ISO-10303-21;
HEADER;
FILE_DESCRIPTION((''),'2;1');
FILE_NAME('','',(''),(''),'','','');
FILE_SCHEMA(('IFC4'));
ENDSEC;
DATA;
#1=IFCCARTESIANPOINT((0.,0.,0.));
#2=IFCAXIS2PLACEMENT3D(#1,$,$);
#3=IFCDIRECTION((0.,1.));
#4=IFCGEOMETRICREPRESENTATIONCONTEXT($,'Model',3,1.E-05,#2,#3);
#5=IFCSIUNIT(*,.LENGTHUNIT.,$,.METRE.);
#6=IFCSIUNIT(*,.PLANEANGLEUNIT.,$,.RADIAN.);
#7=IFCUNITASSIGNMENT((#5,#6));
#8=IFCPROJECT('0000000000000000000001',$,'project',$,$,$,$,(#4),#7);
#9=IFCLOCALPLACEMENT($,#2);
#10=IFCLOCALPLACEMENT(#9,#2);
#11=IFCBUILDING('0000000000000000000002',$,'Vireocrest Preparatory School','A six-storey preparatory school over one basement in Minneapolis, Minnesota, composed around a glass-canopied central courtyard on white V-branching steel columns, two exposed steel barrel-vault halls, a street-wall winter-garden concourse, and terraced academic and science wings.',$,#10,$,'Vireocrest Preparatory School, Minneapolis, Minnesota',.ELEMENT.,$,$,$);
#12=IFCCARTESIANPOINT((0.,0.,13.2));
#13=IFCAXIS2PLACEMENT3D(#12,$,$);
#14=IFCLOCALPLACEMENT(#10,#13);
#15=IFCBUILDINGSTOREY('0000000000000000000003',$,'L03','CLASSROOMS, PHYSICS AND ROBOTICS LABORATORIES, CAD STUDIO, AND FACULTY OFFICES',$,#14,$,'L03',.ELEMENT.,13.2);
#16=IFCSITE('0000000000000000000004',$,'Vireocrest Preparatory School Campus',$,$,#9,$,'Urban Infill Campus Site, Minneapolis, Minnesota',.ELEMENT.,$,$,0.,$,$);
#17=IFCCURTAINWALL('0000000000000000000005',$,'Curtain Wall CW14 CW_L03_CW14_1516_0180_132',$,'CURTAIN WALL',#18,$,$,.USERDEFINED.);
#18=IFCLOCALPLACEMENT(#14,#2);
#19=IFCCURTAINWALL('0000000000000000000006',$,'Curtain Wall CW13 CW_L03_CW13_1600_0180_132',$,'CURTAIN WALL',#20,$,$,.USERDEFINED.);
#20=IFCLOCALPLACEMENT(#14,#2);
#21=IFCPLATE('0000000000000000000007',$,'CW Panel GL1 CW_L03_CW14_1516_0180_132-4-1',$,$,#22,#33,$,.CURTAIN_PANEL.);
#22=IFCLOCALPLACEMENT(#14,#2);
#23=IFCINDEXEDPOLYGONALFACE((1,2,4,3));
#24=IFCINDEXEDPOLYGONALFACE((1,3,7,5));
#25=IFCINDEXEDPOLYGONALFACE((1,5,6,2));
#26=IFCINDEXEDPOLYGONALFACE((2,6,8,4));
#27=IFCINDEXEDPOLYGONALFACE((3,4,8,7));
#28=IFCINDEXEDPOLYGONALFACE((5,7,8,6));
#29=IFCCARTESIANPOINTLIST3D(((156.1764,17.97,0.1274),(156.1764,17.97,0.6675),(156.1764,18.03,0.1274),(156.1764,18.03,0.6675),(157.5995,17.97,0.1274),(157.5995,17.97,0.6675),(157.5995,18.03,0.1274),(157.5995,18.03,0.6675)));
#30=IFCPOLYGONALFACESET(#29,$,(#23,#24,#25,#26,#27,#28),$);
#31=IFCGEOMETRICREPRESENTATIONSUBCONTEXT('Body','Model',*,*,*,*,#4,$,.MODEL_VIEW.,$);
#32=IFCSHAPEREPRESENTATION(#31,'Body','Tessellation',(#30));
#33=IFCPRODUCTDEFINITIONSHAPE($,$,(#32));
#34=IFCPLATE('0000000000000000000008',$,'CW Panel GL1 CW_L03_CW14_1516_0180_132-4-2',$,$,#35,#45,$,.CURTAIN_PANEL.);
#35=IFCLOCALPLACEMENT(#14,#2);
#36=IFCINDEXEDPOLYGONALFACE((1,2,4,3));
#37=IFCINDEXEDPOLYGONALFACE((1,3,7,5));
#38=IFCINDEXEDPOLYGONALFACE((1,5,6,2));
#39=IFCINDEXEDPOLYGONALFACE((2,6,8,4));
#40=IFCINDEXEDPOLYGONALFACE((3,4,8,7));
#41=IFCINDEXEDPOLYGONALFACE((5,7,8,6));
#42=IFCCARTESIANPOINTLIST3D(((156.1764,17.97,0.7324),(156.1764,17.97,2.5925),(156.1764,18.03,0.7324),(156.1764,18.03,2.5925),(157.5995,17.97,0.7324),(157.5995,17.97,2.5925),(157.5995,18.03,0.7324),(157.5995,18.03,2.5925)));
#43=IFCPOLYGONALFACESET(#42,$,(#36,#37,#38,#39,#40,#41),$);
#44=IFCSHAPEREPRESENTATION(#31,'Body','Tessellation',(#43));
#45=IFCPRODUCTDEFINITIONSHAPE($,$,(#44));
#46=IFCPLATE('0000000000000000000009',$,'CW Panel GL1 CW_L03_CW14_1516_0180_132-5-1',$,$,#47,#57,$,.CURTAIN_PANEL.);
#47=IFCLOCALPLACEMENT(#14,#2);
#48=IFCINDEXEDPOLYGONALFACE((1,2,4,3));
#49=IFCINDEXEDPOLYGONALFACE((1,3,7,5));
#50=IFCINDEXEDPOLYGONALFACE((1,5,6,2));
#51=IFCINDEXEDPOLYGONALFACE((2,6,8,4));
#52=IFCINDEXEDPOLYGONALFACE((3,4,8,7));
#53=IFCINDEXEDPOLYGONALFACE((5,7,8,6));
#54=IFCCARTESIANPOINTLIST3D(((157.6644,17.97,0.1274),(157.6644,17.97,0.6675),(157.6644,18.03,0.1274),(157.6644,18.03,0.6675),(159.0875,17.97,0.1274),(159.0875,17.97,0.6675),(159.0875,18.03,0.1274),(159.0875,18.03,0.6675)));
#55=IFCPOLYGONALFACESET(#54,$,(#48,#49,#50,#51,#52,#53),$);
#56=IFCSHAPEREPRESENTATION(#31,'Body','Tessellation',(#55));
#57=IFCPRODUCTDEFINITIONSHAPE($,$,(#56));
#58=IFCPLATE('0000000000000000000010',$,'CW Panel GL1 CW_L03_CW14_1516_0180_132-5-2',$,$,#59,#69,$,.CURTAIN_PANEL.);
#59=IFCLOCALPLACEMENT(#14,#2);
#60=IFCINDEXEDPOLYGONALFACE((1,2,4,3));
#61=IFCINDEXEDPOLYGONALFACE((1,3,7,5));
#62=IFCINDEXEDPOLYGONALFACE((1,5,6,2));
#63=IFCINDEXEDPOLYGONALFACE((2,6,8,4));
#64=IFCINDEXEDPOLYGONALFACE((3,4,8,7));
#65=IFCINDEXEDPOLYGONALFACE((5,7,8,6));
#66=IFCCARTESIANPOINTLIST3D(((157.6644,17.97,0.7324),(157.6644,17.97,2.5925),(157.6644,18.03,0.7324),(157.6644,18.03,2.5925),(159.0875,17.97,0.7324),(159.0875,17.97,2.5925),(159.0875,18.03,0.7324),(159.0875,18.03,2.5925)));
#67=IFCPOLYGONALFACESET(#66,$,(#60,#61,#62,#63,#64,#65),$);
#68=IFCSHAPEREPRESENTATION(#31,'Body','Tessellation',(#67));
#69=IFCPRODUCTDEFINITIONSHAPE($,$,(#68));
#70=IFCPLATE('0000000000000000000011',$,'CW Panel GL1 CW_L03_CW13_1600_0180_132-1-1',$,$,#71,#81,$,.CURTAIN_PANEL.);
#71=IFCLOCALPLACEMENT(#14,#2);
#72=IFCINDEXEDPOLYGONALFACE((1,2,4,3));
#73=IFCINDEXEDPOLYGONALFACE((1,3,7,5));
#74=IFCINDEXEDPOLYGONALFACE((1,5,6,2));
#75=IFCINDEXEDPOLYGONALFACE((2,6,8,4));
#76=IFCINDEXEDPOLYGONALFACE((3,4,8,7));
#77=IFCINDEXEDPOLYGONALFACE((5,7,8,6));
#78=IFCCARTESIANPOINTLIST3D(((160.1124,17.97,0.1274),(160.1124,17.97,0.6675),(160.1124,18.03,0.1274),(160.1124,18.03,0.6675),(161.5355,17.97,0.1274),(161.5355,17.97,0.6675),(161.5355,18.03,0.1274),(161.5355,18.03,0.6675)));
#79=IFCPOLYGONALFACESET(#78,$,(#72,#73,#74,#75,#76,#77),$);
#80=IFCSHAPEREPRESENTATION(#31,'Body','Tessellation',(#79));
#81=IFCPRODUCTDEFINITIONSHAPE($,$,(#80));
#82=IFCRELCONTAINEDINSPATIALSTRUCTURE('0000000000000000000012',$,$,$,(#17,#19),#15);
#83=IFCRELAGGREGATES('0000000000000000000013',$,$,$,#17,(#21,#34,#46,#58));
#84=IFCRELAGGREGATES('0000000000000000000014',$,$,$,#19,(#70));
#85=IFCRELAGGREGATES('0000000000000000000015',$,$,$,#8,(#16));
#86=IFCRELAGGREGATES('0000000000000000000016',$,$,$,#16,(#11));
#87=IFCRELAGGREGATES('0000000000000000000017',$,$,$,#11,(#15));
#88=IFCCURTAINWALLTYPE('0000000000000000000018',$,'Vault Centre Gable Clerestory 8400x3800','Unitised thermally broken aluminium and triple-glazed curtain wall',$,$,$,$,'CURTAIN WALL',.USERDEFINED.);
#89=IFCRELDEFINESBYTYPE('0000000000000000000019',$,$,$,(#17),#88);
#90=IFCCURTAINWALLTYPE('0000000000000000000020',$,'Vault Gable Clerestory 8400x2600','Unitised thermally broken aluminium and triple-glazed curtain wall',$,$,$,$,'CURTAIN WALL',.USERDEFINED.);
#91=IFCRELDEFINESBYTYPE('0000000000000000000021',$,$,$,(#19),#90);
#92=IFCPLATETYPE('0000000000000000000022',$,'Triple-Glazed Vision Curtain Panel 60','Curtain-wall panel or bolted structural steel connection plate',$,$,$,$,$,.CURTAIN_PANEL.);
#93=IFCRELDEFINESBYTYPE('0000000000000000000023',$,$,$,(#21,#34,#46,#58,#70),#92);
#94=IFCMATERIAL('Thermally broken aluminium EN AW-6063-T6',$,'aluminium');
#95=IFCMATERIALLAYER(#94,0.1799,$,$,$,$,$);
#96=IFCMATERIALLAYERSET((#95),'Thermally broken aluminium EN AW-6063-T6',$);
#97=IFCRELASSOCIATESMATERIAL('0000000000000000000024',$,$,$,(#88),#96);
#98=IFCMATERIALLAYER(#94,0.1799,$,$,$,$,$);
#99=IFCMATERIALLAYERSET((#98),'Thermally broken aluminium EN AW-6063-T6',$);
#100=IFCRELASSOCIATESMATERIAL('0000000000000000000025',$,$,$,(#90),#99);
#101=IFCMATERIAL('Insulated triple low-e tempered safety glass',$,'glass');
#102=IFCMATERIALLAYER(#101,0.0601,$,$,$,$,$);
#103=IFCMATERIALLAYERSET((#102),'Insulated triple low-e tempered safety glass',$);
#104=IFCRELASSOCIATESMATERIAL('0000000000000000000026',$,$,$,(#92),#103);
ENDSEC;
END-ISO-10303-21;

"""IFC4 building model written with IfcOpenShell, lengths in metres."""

from ifc_helpers import new_model, si_unit, direction, frame, origin, origin_2d, place, context, subcontext, project, spatial, rectangle, extrude, material, layer, layer_set, type_object, element, aggregate, save


model = new_model("IFC4")

# Units and contexts
model_context = context("Model", 3, precision=1e-05, world=origin(), true_north=direction((0.0, 1.0)))
body_context = subcontext(model_context, "Body", "Model", "MODEL_VIEW")
ifc_project = project(units=[si_unit("LENGTHUNIT", "METRE"), si_unit("PLANEANGLEUNIT", "RADIAN")], contexts=[model_context])

# Site, building, storey
site_placement = place(None, origin())
site = spatial("IfcSite", under=ifc_project, at=site_placement, Name="Vireocrest Preparatory School Campus", LongName="Urban Infill Campus Site, Minneapolis, Minnesota", CompositionType="ELEMENT", RefElevation=0.0)
building_placement = place(site_placement, origin())
building = spatial("IfcBuilding", under=site, at=building_placement, Name="Vireocrest Preparatory School", Description="A six-storey preparatory school over one basement in Minneapolis, Minnesota, composed around a glass-canopied central courtyard on white V-branching steel columns, two exposed steel barrel-vault halls, a street-wall winter-garden concourse, and terraced academic and science wings.", LongName="Vireocrest Preparatory School, Minneapolis, Minnesota", CompositionType="ELEMENT")
storey_placement = place(building_placement, frame((0.0, 0.0, 13.2)))
storey = spatial("IfcBuildingStorey", under=building, at=storey_placement, Name="L03", Description="CLASSROOMS, PHYSICS AND ROBOTICS LABORATORIES, CAD STUDIO, AND FACULTY OFFICES", LongName="L03", CompositionType="ELEMENT", Elevation=13.2)

# Curtain walls
ifc_material_1 = material(Name="Thermally broken aluminium EN AW-6063-T6", Category="aluminium")
ifc_layer_1 = layer(ifc_material_1, 0.1799)
ifc_layer_set_1 = layer_set([ifc_layer_1], Name="Thermally broken aluminium EN AW-6063-T6")
curtain_wall_type_1 = type_object("IfcCurtainWallType", Name="Vault Centre Gable Clerestory 8400x3800", Description="Unitised thermally broken aluminium and triple-glazed curtain wall", ElementType="CURTAIN WALL", PredefinedType="USERDEFINED", material=ifc_layer_set_1)
curtain_wall_1_placement = place(storey_placement, origin())
curtain_wall_1 = element("IfcCurtainWall", 1, at=curtain_wall_1_placement, inside=storey, type_object=curtain_wall_type_1, Name="Curtain Wall CW14 CW_L03_CW14_1516_0180_132", ObjectType="CURTAIN WALL", PredefinedType="USERDEFINED")
ifc_layer_2 = layer(ifc_material_1, 0.1799)
ifc_layer_set_2 = layer_set([ifc_layer_2], Name="Thermally broken aluminium EN AW-6063-T6")
curtain_wall_type_2 = type_object("IfcCurtainWallType", Name="Vault Gable Clerestory 8400x2600", Description="Unitised thermally broken aluminium and triple-glazed curtain wall", ElementType="CURTAIN WALL", PredefinedType="USERDEFINED", material=ifc_layer_set_2)
curtain_wall_2_placement = place(storey_placement, origin())
curtain_wall_2 = element("IfcCurtainWall", 2, at=curtain_wall_2_placement, inside=storey, type_object=curtain_wall_type_2, Name="Curtain Wall CW13 CW_L03_CW13_1600_0180_132", ObjectType="CURTAIN WALL", PredefinedType="USERDEFINED")

# Plates
ifc_material_2 = material(Name="Insulated triple low-e tempered safety glass", Category="glass")
ifc_layer_3 = layer(ifc_material_2, 0.0601)
ifc_layer_set_3 = layer_set([ifc_layer_3], Name="Insulated triple low-e tempered safety glass")
plate_type_1 = type_object("IfcPlateType", Name="Triple-Glazed Vision Curtain Panel 60", Description="Curtain-wall panel or bolted structural steel connection plate", PredefinedType="CURTAIN_PANEL", material=ifc_layer_set_3)
plate_1_placement = place(storey_placement, frame((156.8879, 18.0, 0.1274), z_axis=(0.0, 0.0, 1.0), x_axis=(1.0, 0.0, 0.0)))
plate_1 = element("IfcPlate", 3, at=plate_1_placement, type_object=plate_type_1, Name="CW Panel GL1 CW_L03_CW14_1516_0180_132-4-1", PredefinedType="CURTAIN_PANEL", context=body_context, shape_type="SweptSolid", body=[
    extrude(rectangle(XDim=1.4231, YDim=0.0601, at=origin_2d()), origin(), (0.0, 0.0, 1.0), 0.54),
])
plate_2_placement = place(storey_placement, frame((156.8879, 18.0, 0.7324), z_axis=(0.0, 0.0, 1.0), x_axis=(1.0, 0.0, 0.0)))
plate_2 = element("IfcPlate", 4, at=plate_2_placement, type_object=plate_type_1, Name="CW Panel GL1 CW_L03_CW14_1516_0180_132-4-2", PredefinedType="CURTAIN_PANEL", context=body_context, shape_type="SweptSolid", body=[
    extrude(rectangle(XDim=1.4231, YDim=0.0601, at=origin_2d()), origin(), (0.0, 0.0, 1.0), 1.8601),
])
plate_3_placement = place(storey_placement, frame((158.376, 18.0, 0.1274), z_axis=(0.0, 0.0, 1.0), x_axis=(1.0, 0.0, 0.0)))
plate_3 = element("IfcPlate", 5, at=plate_3_placement, type_object=plate_type_1, Name="CW Panel GL1 CW_L03_CW14_1516_0180_132-5-1", PredefinedType="CURTAIN_PANEL", context=body_context, shape_type="SweptSolid", body=[
    extrude(rectangle(XDim=1.4231, YDim=0.0601, at=origin_2d()), origin(), (0.0, 0.0, 1.0), 0.54),
])
plate_4_placement = place(storey_placement, frame((158.376, 18.0, 0.7324), z_axis=(0.0, 0.0, 1.0), x_axis=(1.0, 0.0, 0.0)))
plate_4 = element("IfcPlate", 6, at=plate_4_placement, type_object=plate_type_1, Name="CW Panel GL1 CW_L03_CW14_1516_0180_132-5-2", PredefinedType="CURTAIN_PANEL", context=body_context, shape_type="SweptSolid", body=[
    extrude(rectangle(XDim=1.4231, YDim=0.0601, at=origin_2d()), origin(), (0.0, 0.0, 1.0), 1.8601),
])
aggregate(curtain_wall_1, [plate_1, plate_2, plate_3, plate_4])
plate_5_placement = place(storey_placement, frame((160.824, 18.0, 0.1274), z_axis=(0.0, 0.0, 1.0), x_axis=(1.0, 0.0, 0.0)))
plate_5 = element("IfcPlate", 7, at=plate_5_placement, type_object=plate_type_1, Name="CW Panel GL1 CW_L03_CW13_1600_0180_132-1-1", PredefinedType="CURTAIN_PANEL", context=body_context, shape_type="SweptSolid", body=[
    extrude(rectangle(XDim=1.4231, YDim=0.0601, at=origin_2d()), origin(), (0.0, 0.0, 1.0), 0.54),
])
aggregate(curtain_wall_2, [plate_5])

save(model, "model.ifc")
